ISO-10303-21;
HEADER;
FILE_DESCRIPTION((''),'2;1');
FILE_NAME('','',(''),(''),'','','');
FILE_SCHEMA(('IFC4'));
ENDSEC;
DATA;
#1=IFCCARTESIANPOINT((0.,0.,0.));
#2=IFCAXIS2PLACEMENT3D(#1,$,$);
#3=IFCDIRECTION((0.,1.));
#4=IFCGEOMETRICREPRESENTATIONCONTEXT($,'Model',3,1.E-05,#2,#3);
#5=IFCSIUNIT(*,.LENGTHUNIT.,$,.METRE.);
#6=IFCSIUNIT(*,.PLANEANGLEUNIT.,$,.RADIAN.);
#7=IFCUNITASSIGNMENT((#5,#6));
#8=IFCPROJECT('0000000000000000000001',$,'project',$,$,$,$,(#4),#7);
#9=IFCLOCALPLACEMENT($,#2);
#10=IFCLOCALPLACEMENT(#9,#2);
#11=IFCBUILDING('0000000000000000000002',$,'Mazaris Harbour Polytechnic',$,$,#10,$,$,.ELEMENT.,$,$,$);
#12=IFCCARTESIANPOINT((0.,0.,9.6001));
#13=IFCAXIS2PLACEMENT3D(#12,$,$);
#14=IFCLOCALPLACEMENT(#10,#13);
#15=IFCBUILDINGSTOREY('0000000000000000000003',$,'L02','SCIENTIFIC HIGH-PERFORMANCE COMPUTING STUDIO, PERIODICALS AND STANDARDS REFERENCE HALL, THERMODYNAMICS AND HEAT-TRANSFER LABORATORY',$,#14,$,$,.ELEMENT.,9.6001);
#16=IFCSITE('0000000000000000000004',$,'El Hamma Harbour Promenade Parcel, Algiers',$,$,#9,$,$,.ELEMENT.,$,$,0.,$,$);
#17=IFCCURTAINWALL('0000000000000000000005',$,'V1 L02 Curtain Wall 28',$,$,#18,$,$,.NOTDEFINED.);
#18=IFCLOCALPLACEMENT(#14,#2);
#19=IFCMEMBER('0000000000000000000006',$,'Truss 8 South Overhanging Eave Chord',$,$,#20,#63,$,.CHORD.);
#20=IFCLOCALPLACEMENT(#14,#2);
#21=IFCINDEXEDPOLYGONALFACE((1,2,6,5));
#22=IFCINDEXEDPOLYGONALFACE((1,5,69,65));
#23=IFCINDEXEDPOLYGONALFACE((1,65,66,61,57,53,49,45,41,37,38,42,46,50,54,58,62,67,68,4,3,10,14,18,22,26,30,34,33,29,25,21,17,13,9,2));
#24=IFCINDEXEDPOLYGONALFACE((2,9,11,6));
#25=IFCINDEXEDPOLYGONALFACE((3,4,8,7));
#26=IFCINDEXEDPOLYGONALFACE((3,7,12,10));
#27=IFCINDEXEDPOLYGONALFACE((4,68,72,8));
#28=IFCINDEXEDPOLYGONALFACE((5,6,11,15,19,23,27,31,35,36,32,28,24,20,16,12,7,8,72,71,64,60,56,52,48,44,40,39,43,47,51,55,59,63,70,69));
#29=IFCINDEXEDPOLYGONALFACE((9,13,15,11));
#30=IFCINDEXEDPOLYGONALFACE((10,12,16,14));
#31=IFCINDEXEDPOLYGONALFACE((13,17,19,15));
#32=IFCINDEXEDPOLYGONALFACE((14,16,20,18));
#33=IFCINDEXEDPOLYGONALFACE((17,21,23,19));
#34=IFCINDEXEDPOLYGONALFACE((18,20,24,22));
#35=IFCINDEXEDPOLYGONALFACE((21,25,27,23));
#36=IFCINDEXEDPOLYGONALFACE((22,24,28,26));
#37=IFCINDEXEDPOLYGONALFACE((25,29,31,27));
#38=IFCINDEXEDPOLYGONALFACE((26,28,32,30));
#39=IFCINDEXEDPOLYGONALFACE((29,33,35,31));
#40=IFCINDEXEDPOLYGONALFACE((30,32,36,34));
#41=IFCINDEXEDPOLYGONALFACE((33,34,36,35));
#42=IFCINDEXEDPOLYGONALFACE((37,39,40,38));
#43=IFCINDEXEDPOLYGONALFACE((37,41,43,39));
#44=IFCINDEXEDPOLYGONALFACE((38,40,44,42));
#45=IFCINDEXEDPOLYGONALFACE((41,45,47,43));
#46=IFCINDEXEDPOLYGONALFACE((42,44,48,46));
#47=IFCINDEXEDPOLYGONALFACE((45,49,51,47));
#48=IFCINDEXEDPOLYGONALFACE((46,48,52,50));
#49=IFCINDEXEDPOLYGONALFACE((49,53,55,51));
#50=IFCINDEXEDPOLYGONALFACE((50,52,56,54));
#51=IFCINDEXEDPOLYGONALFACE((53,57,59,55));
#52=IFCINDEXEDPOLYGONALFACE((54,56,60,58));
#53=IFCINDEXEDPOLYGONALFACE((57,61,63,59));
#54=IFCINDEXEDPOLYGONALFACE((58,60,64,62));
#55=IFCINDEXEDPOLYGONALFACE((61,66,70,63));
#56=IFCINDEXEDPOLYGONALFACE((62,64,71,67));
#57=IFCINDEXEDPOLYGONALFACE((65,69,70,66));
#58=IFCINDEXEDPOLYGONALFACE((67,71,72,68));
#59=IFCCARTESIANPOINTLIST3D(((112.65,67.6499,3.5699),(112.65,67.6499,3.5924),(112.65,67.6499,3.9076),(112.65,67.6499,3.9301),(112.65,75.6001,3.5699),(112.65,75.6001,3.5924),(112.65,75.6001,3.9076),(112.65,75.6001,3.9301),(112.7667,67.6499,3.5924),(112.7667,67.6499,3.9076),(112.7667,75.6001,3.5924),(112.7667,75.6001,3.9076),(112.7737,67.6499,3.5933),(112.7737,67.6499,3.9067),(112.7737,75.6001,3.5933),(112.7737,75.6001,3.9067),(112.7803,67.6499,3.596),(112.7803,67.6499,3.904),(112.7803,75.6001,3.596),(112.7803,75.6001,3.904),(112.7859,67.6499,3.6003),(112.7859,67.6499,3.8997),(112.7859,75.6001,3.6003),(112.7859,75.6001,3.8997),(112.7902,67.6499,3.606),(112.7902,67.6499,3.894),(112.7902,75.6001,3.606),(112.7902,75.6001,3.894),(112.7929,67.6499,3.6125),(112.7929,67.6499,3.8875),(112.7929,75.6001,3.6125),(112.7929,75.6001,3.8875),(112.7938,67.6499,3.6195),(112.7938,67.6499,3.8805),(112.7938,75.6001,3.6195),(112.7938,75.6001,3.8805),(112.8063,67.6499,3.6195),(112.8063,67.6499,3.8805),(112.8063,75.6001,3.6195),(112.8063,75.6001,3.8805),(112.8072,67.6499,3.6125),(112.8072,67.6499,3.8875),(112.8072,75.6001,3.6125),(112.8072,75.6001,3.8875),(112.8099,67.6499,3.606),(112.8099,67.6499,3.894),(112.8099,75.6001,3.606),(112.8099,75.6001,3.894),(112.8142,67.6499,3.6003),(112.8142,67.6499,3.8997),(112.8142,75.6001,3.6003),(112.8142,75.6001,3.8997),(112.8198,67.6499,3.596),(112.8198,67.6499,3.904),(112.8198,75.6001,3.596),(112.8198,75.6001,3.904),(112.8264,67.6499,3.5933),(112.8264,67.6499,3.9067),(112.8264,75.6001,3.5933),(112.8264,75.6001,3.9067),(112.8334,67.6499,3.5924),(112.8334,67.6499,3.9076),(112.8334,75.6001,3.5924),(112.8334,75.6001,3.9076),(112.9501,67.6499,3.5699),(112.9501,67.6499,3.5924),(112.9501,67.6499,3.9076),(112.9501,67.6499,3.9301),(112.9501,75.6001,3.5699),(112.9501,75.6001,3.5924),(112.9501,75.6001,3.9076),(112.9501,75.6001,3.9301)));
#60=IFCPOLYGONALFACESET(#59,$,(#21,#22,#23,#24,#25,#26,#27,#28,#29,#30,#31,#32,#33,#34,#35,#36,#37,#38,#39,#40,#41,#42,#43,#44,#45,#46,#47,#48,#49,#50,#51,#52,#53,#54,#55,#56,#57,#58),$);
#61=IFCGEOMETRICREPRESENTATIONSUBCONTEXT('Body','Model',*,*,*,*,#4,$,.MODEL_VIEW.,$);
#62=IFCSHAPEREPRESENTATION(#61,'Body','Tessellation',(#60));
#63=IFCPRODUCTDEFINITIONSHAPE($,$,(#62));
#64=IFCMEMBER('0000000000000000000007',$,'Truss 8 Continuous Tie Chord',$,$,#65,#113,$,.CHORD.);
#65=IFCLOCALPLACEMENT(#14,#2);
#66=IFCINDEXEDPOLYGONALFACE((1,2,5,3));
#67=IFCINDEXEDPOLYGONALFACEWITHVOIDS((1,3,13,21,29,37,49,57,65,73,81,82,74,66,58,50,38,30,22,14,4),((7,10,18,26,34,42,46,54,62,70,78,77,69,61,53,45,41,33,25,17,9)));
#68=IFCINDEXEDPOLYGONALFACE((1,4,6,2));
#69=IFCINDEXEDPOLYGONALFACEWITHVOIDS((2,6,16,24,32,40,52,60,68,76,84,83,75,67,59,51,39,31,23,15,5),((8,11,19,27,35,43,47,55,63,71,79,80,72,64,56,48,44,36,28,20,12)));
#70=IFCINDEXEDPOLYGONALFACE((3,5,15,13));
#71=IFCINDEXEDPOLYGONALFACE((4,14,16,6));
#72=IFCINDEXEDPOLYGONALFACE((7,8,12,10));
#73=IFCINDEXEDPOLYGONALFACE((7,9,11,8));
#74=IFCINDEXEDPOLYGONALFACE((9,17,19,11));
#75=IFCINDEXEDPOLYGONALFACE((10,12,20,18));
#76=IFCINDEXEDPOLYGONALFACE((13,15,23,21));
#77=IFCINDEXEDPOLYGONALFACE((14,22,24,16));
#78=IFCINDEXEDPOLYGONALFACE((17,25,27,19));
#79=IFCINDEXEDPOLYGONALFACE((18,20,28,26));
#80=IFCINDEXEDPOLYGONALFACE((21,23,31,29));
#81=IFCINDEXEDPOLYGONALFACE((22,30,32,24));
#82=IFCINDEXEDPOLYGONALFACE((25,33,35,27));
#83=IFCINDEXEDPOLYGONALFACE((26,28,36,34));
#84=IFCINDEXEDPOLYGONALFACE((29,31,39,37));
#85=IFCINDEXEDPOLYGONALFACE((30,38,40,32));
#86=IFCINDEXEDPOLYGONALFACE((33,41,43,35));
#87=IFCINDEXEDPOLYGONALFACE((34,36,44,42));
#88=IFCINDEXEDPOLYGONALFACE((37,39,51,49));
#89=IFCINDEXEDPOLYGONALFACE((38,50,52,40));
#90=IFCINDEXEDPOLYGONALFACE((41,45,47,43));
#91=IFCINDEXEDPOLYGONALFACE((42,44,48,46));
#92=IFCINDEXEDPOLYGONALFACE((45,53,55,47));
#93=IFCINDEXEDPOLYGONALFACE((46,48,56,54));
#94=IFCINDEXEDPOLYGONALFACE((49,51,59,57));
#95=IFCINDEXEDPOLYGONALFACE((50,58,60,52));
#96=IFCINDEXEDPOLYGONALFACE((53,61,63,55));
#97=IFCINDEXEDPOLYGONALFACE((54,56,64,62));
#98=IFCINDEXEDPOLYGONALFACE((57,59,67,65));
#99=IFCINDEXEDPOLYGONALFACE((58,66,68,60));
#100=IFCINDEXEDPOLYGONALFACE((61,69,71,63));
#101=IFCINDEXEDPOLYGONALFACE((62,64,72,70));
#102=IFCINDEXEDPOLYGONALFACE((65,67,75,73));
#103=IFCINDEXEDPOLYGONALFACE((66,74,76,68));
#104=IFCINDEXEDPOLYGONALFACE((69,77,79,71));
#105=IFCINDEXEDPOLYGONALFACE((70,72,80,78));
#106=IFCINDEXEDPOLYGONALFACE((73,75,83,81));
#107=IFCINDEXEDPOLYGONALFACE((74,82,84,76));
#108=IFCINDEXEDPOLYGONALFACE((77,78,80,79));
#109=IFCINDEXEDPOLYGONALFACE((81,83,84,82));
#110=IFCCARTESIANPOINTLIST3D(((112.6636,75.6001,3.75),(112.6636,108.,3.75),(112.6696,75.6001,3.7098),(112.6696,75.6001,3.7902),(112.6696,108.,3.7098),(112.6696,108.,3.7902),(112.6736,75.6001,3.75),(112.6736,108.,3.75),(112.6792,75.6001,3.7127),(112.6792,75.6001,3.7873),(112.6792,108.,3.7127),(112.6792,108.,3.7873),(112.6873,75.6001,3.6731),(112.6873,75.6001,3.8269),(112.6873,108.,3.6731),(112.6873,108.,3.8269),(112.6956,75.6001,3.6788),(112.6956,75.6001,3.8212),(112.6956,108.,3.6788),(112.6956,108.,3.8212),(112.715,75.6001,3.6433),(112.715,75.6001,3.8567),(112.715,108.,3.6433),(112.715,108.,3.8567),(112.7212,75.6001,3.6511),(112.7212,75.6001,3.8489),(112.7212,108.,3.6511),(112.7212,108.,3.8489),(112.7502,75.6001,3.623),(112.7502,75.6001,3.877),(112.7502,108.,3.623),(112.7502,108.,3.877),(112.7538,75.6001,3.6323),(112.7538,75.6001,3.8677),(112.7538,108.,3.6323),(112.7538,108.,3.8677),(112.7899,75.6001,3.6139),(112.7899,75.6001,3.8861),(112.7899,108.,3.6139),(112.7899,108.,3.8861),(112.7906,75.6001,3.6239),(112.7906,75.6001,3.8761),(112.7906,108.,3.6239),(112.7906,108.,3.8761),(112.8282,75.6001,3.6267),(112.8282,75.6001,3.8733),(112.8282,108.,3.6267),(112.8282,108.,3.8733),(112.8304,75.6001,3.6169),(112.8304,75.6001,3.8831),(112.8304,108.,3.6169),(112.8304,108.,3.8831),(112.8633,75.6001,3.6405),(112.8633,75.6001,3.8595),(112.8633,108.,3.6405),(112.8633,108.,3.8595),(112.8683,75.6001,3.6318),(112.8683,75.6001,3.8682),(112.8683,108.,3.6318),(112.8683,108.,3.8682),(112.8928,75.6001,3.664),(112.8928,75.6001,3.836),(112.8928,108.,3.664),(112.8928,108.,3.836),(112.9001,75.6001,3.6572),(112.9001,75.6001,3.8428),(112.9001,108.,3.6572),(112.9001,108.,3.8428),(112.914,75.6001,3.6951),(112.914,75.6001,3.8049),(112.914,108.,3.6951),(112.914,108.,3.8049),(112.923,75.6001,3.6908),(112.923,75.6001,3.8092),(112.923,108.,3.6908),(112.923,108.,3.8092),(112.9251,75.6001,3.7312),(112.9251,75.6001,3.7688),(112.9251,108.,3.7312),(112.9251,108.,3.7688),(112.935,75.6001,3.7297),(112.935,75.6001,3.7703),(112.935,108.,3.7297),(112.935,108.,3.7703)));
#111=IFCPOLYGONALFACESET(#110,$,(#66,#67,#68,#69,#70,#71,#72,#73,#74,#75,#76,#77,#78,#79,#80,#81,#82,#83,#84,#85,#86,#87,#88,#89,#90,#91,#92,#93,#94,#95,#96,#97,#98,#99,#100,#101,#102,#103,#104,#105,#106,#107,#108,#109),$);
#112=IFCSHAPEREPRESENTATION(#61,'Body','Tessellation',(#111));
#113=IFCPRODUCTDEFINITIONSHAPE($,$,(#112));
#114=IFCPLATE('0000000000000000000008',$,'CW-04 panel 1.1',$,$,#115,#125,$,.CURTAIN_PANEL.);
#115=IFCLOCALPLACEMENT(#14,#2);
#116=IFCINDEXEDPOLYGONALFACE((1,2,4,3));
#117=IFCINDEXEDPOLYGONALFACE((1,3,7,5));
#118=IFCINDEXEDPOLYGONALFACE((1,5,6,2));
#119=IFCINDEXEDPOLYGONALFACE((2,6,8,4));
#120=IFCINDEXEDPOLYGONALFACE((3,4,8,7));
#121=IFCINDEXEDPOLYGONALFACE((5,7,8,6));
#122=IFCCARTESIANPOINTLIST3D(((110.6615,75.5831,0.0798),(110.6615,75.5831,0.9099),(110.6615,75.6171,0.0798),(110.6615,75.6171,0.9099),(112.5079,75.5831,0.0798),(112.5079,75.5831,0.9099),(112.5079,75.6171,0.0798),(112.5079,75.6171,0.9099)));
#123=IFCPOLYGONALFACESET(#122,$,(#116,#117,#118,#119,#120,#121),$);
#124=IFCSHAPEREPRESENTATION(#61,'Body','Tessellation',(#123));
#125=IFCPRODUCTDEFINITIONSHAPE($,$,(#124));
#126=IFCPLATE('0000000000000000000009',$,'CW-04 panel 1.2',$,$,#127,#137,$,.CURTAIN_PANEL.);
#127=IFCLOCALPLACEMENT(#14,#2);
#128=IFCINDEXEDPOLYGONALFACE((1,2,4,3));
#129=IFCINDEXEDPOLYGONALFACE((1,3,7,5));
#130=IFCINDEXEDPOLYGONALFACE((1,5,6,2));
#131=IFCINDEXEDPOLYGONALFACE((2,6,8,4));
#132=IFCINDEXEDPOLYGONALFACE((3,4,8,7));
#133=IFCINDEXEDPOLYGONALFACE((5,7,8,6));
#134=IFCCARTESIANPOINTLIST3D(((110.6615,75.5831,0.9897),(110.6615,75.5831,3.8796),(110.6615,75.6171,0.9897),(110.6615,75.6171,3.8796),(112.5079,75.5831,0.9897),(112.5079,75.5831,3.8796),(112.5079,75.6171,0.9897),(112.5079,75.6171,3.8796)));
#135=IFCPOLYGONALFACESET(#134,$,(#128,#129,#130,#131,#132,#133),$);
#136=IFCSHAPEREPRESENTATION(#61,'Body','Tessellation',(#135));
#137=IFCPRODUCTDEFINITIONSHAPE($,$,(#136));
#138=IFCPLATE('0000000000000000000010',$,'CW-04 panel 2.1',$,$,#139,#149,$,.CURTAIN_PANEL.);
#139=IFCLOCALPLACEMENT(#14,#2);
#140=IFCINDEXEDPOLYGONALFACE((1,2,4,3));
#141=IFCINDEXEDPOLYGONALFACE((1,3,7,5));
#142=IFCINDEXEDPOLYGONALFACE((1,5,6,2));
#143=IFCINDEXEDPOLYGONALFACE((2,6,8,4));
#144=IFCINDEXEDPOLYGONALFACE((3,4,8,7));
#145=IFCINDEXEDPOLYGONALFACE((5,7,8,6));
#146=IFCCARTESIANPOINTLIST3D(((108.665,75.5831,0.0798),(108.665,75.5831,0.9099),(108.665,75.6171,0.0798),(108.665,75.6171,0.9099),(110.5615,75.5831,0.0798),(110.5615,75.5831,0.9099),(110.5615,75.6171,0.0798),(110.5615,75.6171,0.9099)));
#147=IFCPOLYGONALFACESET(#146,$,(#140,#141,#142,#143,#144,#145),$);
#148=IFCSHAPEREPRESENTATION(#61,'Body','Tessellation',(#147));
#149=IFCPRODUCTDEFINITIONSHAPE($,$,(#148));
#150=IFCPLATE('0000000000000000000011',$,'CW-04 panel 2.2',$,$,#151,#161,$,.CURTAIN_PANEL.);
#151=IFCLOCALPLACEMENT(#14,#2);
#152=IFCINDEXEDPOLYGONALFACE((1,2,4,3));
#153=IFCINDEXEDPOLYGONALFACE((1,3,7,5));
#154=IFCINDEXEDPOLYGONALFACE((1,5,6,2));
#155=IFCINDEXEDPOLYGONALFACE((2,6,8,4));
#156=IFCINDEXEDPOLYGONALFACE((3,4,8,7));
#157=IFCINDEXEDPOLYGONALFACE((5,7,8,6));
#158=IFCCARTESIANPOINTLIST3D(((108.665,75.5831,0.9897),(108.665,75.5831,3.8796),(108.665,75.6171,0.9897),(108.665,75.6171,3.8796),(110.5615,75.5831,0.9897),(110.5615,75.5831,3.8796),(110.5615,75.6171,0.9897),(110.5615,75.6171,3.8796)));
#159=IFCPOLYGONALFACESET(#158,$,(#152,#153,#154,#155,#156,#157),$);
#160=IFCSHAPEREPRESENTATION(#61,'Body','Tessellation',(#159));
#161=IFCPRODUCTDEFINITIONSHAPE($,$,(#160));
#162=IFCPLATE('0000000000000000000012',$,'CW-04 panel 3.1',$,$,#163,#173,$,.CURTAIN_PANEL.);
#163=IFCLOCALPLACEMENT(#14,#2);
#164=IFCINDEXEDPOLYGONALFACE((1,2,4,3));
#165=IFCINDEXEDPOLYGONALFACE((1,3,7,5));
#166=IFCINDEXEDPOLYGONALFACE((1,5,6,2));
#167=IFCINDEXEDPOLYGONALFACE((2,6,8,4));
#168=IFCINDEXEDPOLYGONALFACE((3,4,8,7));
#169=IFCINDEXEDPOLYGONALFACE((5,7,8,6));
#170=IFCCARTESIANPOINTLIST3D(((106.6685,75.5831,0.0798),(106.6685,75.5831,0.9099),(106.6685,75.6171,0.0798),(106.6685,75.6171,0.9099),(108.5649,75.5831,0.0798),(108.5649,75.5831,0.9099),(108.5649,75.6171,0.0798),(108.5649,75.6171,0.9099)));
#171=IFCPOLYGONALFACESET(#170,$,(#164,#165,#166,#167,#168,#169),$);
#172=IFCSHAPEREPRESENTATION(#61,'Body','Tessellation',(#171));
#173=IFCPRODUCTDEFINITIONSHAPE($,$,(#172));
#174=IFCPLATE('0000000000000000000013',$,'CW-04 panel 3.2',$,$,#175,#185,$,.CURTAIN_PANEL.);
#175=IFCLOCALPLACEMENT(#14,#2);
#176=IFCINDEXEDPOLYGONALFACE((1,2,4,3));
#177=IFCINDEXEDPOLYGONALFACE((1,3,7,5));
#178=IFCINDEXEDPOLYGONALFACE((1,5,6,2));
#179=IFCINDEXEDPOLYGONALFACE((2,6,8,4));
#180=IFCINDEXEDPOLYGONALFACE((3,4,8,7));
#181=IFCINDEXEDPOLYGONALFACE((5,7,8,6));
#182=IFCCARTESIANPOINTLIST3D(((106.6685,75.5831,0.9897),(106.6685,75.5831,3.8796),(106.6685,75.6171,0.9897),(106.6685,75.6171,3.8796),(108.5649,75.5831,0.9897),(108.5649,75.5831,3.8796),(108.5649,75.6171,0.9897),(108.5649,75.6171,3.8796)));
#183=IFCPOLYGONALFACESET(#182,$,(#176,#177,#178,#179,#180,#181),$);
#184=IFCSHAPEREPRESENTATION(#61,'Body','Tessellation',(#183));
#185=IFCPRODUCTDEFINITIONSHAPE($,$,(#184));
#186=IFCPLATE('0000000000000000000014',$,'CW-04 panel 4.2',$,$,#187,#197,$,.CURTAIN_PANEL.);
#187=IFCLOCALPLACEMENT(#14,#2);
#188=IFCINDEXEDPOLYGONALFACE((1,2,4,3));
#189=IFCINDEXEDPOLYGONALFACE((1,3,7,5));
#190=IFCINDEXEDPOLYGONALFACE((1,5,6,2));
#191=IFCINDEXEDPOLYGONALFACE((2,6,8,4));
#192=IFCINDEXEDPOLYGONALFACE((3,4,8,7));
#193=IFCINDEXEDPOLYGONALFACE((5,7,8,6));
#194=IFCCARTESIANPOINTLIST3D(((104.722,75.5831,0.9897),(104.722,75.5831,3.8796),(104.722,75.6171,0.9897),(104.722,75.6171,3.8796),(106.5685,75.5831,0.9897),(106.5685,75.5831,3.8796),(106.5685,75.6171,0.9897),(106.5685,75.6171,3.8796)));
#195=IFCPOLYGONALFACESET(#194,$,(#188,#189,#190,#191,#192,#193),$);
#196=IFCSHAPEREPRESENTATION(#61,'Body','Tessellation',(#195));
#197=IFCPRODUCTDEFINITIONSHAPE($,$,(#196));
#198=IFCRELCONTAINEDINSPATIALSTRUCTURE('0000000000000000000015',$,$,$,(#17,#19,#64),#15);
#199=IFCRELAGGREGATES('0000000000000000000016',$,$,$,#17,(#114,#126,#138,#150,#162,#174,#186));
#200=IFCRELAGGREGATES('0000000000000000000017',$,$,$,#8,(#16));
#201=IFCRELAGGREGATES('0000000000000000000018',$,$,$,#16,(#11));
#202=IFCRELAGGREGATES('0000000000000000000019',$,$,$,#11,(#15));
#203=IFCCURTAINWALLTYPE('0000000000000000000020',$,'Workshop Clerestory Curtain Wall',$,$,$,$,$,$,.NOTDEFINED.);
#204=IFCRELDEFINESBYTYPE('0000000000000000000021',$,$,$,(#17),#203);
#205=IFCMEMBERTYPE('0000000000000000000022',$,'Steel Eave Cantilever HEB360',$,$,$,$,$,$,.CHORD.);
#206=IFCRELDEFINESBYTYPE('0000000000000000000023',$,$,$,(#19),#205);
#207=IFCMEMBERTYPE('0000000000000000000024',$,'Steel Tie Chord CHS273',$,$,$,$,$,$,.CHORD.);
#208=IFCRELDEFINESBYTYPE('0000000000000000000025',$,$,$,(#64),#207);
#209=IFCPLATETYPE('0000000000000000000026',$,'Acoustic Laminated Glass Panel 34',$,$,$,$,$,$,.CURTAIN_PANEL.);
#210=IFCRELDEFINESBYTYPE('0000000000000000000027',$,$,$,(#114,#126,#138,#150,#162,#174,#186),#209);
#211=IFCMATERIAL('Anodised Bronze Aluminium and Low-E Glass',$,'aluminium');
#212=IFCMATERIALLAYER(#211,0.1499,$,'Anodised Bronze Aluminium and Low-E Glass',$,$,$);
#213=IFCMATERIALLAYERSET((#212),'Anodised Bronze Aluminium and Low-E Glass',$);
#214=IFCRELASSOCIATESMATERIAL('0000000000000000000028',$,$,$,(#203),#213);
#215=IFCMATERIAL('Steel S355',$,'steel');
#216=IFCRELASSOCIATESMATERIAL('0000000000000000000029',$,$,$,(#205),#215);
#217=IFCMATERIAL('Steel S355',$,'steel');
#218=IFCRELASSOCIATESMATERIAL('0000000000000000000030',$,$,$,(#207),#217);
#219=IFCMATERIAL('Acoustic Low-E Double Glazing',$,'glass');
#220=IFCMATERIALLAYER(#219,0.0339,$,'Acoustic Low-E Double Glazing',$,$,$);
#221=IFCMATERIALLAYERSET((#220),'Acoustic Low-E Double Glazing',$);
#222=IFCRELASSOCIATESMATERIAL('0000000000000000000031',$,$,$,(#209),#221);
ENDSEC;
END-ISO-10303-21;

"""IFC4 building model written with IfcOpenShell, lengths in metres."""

from ifc_helpers import new_model, si_unit, direction, frame, origin, origin_2d, place, context, subcontext, project, spatial, rectangle, hollow_circle, i_section, extrude, material, layer, layer_set, material_profile, profile_set, type_object, element, aggregate, save


model = new_model("IFC4")

# Units and contexts
model_context = context("Model", 3, precision=1e-05, world=origin(), true_north=direction((0.0, 1.0)))
body_context = subcontext(model_context, "Body", "Model", "MODEL_VIEW")
ifc_project = project(units=[si_unit("LENGTHUNIT", "METRE"), si_unit("PLANEANGLEUNIT", "RADIAN")], contexts=[model_context])

# Site, building, storey
site_placement = place(None, origin())
site = spatial("IfcSite", under=ifc_project, at=site_placement, Name="El Hamma Harbour Promenade Parcel, Algiers", CompositionType="ELEMENT", RefElevation=0.0)
building_placement = place(site_placement, origin())
building = spatial("IfcBuilding", under=site, at=building_placement, Name="Mazaris Harbour Polytechnic", CompositionType="ELEMENT")
storey_placement = place(building_placement, frame((0.0, 0.0, 9.6001)))
storey = spatial("IfcBuildingStorey", under=building, at=storey_placement, Name="L02", Description="SCIENTIFIC HIGH-PERFORMANCE COMPUTING STUDIO, PERIODICALS AND STANDARDS REFERENCE HALL, THERMODYNAMICS AND HEAT-TRANSFER LABORATORY", CompositionType="ELEMENT", Elevation=9.6001)

# Curtain wall
ifc_material_1 = material(Name="Anodised Bronze Aluminium and Low-E Glass", Category="aluminium")
ifc_layer_1 = layer(ifc_material_1, 0.1499, Name="Anodised Bronze Aluminium and Low-E Glass")
ifc_layer_set_1 = layer_set([ifc_layer_1], Name="Anodised Bronze Aluminium and Low-E Glass")
curtain_wall_type_1 = type_object("IfcCurtainWallType", Name="Workshop Clerestory Curtain Wall", PredefinedType="NOTDEFINED", material=ifc_layer_set_1)
curtain_wall_1_placement = place(storey_placement, origin())
curtain_wall_1 = element("IfcCurtainWall", 1, at=curtain_wall_1_placement, inside=storey, type_object=curtain_wall_type_1, Name="V1 L02 Curtain Wall 28", PredefinedType="NOTDEFINED")

# Members
ifc_material_2 = material(Name="Steel S355", Category="steel")
ifc_material_profile_1 = material_profile(ifc_material_2, i_section(OverallWidth=0.3, OverallDepth=0.3601, WebThickness=0.0125, FlangeThickness=0.0225, FilletRadius=0.0271, at=origin_2d()), Name="HEB 360")
ifc_profile_set_1 = profile_set([ifc_material_profile_1], Name="Steel S355")
member_type_1 = type_object("IfcMemberType", Name="Steel Eave Cantilever HEB360", PredefinedType="CHORD", material=ifc_profile_set_1)
member_1_placement = place(storey_placement, frame((112.8, 75.6001, 3.75), z_axis=(0.0, -1.0, 0.0), x_axis=(1.0, 0.0, 0.0)))
element("IfcMember", 2, at=member_1_placement, inside=storey, type_object=member_type_1, Name="Truss 8 South Overhanging Eave Chord", PredefinedType="CHORD", context=body_context, shape_type="SweptSolid", body=[
    extrude(i_section(OverallWidth=0.3, OverallDepth=0.3601, WebThickness=0.0125, FlangeThickness=0.0225, FilletRadius=0.0271, at=origin_2d()), origin(), (0.0, 0.0, 1.0), 7.9502),
])
ifc_material_3 = material(Name="Steel S355", Category="steel")
ifc_material_profile_2 = material_profile(ifc_material_3, hollow_circle(Radius=0.1365, WallThickness=0.01, at=origin_2d()), Name="CHS 273.0x10.0")
ifc_profile_set_2 = profile_set([ifc_material_profile_2], Name="Steel S355")
member_type_2 = type_object("IfcMemberType", Name="Steel Tie Chord CHS273", PredefinedType="CHORD", material=ifc_profile_set_2)
member_2_placement = place(storey_placement, frame((112.8, 75.6001, 3.75), z_axis=(0.0, 1.0, 0.0), x_axis=(-1.0, 0.0, 0.0)))
element("IfcMember", 3, at=member_2_placement, inside=storey, type_object=member_type_2, Name="Truss 8 Continuous Tie Chord", PredefinedType="CHORD", context=body_context, shape_type="SweptSolid", body=[
    extrude(hollow_circle(Radius=0.1365, WallThickness=0.01, at=origin_2d()), origin(), (0.0, 0.0, 1.0), 32.3999),
])

# Plates
ifc_material_4 = material(Name="Acoustic Low-E Double Glazing", Category="glass")
ifc_layer_2 = layer(ifc_material_4, 0.0339, Name="Acoustic Low-E Double Glazing")
ifc_layer_set_2 = layer_set([ifc_layer_2], Name="Acoustic Low-E Double Glazing")
plate_type_1 = type_object("IfcPlateType", Name="Acoustic Laminated Glass Panel 34", PredefinedType="CURTAIN_PANEL", material=ifc_layer_set_2)
plate_1_placement = place(storey_placement, frame((111.5847, 75.6001, 0.0798), z_axis=(0.0, 0.0, 1.0), x_axis=(-1.0, 0.0, 0.0)))
plate_1 = element("IfcPlate", 4, at=plate_1_placement, type_object=plate_type_1, Name="CW-04 panel 1.1", PredefinedType="CURTAIN_PANEL", context=body_context, shape_type="SweptSolid", body=[
    extrude(rectangle(XDim=1.8464, YDim=0.0339, at=origin_2d()), origin(), (0.0, 0.0, 1.0), 0.8301),
])
plate_2_placement = place(storey_placement, frame((111.5847, 75.6001, 0.9897), z_axis=(0.0, 0.0, 1.0), x_axis=(-1.0, 0.0, 0.0)))
plate_2 = element("IfcPlate", 5, at=plate_2_placement, type_object=plate_type_1, Name="CW-04 panel 1.2", PredefinedType="CURTAIN_PANEL", context=body_context, shape_type="SweptSolid", body=[
    extrude(rectangle(XDim=1.8464, YDim=0.0339, at=origin_2d()), origin(), (0.0, 0.0, 1.0), 2.8899),
])
plate_3_placement = place(storey_placement, frame((109.6133, 75.6001, 0.0798), z_axis=(0.0, 0.0, 1.0), x_axis=(-1.0, 0.0, 0.0)))
plate_3 = element("IfcPlate", 6, at=plate_3_placement, type_object=plate_type_1, Name="CW-04 panel 2.1", PredefinedType="CURTAIN_PANEL", context=body_context, shape_type="SweptSolid", body=[
    extrude(rectangle(XDim=1.8965, YDim=0.0339, at=origin_2d()), origin(), (0.0, 0.0, 1.0), 0.8301),
])
plate_4_placement = place(storey_placement, frame((109.6133, 75.6001, 0.9897), z_axis=(0.0, 0.0, 1.0), x_axis=(-1.0, 0.0, 0.0)))
plate_4 = element("IfcPlate", 7, at=plate_4_placement, type_object=plate_type_1, Name="CW-04 panel 2.2", PredefinedType="CURTAIN_PANEL", context=body_context, shape_type="SweptSolid", body=[
    extrude(rectangle(XDim=1.8965, YDim=0.0339, at=origin_2d()), origin(), (0.0, 0.0, 1.0), 2.8899),
])
plate_5_placement = place(storey_placement, frame((107.6167, 75.6001, 0.0798), z_axis=(0.0, 0.0, 1.0), x_axis=(-1.0, 0.0, 0.0)))
plate_5 = element("IfcPlate", 8, at=plate_5_placement, type_object=plate_type_1, Name="CW-04 panel 3.1", PredefinedType="CURTAIN_PANEL", context=body_context, shape_type="SweptSolid", body=[
    extrude(rectangle(XDim=1.8965, YDim=0.0339, at=origin_2d()), origin(), (0.0, 0.0, 1.0), 0.8301),
])
plate_6_placement = place(storey_placement, frame((107.6167, 75.6001, 0.9897), z_axis=(0.0, 0.0, 1.0), x_axis=(-1.0, 0.0, 0.0)))
plate_6 = element("IfcPlate", 9, at=plate_6_placement, type_object=plate_type_1, Name="CW-04 panel 3.2", PredefinedType="CURTAIN_PANEL", context=body_context, shape_type="SweptSolid", body=[
    extrude(rectangle(XDim=1.8965, YDim=0.0339, at=origin_2d()), origin(), (0.0, 0.0, 1.0), 2.8899),
])
plate_7_placement = place(storey_placement, frame((105.6453, 75.6001, 0.9897), z_axis=(0.0, 0.0, 1.0), x_axis=(-1.0, 0.0, 0.0)))
plate_7 = element("IfcPlate", 10, at=plate_7_placement, type_object=plate_type_1, Name="CW-04 panel 4.2", PredefinedType="CURTAIN_PANEL", context=body_context, shape_type="SweptSolid", body=[
    extrude(rectangle(XDim=1.8464, YDim=0.0339, at=origin_2d()), origin(), (0.0, 0.0, 1.0), 2.8899),
])
aggregate(curtain_wall_1, [plate_1, plate_2, plate_3, plate_4, plate_5, plate_6, plate_7])

save(model, "model.ifc")
